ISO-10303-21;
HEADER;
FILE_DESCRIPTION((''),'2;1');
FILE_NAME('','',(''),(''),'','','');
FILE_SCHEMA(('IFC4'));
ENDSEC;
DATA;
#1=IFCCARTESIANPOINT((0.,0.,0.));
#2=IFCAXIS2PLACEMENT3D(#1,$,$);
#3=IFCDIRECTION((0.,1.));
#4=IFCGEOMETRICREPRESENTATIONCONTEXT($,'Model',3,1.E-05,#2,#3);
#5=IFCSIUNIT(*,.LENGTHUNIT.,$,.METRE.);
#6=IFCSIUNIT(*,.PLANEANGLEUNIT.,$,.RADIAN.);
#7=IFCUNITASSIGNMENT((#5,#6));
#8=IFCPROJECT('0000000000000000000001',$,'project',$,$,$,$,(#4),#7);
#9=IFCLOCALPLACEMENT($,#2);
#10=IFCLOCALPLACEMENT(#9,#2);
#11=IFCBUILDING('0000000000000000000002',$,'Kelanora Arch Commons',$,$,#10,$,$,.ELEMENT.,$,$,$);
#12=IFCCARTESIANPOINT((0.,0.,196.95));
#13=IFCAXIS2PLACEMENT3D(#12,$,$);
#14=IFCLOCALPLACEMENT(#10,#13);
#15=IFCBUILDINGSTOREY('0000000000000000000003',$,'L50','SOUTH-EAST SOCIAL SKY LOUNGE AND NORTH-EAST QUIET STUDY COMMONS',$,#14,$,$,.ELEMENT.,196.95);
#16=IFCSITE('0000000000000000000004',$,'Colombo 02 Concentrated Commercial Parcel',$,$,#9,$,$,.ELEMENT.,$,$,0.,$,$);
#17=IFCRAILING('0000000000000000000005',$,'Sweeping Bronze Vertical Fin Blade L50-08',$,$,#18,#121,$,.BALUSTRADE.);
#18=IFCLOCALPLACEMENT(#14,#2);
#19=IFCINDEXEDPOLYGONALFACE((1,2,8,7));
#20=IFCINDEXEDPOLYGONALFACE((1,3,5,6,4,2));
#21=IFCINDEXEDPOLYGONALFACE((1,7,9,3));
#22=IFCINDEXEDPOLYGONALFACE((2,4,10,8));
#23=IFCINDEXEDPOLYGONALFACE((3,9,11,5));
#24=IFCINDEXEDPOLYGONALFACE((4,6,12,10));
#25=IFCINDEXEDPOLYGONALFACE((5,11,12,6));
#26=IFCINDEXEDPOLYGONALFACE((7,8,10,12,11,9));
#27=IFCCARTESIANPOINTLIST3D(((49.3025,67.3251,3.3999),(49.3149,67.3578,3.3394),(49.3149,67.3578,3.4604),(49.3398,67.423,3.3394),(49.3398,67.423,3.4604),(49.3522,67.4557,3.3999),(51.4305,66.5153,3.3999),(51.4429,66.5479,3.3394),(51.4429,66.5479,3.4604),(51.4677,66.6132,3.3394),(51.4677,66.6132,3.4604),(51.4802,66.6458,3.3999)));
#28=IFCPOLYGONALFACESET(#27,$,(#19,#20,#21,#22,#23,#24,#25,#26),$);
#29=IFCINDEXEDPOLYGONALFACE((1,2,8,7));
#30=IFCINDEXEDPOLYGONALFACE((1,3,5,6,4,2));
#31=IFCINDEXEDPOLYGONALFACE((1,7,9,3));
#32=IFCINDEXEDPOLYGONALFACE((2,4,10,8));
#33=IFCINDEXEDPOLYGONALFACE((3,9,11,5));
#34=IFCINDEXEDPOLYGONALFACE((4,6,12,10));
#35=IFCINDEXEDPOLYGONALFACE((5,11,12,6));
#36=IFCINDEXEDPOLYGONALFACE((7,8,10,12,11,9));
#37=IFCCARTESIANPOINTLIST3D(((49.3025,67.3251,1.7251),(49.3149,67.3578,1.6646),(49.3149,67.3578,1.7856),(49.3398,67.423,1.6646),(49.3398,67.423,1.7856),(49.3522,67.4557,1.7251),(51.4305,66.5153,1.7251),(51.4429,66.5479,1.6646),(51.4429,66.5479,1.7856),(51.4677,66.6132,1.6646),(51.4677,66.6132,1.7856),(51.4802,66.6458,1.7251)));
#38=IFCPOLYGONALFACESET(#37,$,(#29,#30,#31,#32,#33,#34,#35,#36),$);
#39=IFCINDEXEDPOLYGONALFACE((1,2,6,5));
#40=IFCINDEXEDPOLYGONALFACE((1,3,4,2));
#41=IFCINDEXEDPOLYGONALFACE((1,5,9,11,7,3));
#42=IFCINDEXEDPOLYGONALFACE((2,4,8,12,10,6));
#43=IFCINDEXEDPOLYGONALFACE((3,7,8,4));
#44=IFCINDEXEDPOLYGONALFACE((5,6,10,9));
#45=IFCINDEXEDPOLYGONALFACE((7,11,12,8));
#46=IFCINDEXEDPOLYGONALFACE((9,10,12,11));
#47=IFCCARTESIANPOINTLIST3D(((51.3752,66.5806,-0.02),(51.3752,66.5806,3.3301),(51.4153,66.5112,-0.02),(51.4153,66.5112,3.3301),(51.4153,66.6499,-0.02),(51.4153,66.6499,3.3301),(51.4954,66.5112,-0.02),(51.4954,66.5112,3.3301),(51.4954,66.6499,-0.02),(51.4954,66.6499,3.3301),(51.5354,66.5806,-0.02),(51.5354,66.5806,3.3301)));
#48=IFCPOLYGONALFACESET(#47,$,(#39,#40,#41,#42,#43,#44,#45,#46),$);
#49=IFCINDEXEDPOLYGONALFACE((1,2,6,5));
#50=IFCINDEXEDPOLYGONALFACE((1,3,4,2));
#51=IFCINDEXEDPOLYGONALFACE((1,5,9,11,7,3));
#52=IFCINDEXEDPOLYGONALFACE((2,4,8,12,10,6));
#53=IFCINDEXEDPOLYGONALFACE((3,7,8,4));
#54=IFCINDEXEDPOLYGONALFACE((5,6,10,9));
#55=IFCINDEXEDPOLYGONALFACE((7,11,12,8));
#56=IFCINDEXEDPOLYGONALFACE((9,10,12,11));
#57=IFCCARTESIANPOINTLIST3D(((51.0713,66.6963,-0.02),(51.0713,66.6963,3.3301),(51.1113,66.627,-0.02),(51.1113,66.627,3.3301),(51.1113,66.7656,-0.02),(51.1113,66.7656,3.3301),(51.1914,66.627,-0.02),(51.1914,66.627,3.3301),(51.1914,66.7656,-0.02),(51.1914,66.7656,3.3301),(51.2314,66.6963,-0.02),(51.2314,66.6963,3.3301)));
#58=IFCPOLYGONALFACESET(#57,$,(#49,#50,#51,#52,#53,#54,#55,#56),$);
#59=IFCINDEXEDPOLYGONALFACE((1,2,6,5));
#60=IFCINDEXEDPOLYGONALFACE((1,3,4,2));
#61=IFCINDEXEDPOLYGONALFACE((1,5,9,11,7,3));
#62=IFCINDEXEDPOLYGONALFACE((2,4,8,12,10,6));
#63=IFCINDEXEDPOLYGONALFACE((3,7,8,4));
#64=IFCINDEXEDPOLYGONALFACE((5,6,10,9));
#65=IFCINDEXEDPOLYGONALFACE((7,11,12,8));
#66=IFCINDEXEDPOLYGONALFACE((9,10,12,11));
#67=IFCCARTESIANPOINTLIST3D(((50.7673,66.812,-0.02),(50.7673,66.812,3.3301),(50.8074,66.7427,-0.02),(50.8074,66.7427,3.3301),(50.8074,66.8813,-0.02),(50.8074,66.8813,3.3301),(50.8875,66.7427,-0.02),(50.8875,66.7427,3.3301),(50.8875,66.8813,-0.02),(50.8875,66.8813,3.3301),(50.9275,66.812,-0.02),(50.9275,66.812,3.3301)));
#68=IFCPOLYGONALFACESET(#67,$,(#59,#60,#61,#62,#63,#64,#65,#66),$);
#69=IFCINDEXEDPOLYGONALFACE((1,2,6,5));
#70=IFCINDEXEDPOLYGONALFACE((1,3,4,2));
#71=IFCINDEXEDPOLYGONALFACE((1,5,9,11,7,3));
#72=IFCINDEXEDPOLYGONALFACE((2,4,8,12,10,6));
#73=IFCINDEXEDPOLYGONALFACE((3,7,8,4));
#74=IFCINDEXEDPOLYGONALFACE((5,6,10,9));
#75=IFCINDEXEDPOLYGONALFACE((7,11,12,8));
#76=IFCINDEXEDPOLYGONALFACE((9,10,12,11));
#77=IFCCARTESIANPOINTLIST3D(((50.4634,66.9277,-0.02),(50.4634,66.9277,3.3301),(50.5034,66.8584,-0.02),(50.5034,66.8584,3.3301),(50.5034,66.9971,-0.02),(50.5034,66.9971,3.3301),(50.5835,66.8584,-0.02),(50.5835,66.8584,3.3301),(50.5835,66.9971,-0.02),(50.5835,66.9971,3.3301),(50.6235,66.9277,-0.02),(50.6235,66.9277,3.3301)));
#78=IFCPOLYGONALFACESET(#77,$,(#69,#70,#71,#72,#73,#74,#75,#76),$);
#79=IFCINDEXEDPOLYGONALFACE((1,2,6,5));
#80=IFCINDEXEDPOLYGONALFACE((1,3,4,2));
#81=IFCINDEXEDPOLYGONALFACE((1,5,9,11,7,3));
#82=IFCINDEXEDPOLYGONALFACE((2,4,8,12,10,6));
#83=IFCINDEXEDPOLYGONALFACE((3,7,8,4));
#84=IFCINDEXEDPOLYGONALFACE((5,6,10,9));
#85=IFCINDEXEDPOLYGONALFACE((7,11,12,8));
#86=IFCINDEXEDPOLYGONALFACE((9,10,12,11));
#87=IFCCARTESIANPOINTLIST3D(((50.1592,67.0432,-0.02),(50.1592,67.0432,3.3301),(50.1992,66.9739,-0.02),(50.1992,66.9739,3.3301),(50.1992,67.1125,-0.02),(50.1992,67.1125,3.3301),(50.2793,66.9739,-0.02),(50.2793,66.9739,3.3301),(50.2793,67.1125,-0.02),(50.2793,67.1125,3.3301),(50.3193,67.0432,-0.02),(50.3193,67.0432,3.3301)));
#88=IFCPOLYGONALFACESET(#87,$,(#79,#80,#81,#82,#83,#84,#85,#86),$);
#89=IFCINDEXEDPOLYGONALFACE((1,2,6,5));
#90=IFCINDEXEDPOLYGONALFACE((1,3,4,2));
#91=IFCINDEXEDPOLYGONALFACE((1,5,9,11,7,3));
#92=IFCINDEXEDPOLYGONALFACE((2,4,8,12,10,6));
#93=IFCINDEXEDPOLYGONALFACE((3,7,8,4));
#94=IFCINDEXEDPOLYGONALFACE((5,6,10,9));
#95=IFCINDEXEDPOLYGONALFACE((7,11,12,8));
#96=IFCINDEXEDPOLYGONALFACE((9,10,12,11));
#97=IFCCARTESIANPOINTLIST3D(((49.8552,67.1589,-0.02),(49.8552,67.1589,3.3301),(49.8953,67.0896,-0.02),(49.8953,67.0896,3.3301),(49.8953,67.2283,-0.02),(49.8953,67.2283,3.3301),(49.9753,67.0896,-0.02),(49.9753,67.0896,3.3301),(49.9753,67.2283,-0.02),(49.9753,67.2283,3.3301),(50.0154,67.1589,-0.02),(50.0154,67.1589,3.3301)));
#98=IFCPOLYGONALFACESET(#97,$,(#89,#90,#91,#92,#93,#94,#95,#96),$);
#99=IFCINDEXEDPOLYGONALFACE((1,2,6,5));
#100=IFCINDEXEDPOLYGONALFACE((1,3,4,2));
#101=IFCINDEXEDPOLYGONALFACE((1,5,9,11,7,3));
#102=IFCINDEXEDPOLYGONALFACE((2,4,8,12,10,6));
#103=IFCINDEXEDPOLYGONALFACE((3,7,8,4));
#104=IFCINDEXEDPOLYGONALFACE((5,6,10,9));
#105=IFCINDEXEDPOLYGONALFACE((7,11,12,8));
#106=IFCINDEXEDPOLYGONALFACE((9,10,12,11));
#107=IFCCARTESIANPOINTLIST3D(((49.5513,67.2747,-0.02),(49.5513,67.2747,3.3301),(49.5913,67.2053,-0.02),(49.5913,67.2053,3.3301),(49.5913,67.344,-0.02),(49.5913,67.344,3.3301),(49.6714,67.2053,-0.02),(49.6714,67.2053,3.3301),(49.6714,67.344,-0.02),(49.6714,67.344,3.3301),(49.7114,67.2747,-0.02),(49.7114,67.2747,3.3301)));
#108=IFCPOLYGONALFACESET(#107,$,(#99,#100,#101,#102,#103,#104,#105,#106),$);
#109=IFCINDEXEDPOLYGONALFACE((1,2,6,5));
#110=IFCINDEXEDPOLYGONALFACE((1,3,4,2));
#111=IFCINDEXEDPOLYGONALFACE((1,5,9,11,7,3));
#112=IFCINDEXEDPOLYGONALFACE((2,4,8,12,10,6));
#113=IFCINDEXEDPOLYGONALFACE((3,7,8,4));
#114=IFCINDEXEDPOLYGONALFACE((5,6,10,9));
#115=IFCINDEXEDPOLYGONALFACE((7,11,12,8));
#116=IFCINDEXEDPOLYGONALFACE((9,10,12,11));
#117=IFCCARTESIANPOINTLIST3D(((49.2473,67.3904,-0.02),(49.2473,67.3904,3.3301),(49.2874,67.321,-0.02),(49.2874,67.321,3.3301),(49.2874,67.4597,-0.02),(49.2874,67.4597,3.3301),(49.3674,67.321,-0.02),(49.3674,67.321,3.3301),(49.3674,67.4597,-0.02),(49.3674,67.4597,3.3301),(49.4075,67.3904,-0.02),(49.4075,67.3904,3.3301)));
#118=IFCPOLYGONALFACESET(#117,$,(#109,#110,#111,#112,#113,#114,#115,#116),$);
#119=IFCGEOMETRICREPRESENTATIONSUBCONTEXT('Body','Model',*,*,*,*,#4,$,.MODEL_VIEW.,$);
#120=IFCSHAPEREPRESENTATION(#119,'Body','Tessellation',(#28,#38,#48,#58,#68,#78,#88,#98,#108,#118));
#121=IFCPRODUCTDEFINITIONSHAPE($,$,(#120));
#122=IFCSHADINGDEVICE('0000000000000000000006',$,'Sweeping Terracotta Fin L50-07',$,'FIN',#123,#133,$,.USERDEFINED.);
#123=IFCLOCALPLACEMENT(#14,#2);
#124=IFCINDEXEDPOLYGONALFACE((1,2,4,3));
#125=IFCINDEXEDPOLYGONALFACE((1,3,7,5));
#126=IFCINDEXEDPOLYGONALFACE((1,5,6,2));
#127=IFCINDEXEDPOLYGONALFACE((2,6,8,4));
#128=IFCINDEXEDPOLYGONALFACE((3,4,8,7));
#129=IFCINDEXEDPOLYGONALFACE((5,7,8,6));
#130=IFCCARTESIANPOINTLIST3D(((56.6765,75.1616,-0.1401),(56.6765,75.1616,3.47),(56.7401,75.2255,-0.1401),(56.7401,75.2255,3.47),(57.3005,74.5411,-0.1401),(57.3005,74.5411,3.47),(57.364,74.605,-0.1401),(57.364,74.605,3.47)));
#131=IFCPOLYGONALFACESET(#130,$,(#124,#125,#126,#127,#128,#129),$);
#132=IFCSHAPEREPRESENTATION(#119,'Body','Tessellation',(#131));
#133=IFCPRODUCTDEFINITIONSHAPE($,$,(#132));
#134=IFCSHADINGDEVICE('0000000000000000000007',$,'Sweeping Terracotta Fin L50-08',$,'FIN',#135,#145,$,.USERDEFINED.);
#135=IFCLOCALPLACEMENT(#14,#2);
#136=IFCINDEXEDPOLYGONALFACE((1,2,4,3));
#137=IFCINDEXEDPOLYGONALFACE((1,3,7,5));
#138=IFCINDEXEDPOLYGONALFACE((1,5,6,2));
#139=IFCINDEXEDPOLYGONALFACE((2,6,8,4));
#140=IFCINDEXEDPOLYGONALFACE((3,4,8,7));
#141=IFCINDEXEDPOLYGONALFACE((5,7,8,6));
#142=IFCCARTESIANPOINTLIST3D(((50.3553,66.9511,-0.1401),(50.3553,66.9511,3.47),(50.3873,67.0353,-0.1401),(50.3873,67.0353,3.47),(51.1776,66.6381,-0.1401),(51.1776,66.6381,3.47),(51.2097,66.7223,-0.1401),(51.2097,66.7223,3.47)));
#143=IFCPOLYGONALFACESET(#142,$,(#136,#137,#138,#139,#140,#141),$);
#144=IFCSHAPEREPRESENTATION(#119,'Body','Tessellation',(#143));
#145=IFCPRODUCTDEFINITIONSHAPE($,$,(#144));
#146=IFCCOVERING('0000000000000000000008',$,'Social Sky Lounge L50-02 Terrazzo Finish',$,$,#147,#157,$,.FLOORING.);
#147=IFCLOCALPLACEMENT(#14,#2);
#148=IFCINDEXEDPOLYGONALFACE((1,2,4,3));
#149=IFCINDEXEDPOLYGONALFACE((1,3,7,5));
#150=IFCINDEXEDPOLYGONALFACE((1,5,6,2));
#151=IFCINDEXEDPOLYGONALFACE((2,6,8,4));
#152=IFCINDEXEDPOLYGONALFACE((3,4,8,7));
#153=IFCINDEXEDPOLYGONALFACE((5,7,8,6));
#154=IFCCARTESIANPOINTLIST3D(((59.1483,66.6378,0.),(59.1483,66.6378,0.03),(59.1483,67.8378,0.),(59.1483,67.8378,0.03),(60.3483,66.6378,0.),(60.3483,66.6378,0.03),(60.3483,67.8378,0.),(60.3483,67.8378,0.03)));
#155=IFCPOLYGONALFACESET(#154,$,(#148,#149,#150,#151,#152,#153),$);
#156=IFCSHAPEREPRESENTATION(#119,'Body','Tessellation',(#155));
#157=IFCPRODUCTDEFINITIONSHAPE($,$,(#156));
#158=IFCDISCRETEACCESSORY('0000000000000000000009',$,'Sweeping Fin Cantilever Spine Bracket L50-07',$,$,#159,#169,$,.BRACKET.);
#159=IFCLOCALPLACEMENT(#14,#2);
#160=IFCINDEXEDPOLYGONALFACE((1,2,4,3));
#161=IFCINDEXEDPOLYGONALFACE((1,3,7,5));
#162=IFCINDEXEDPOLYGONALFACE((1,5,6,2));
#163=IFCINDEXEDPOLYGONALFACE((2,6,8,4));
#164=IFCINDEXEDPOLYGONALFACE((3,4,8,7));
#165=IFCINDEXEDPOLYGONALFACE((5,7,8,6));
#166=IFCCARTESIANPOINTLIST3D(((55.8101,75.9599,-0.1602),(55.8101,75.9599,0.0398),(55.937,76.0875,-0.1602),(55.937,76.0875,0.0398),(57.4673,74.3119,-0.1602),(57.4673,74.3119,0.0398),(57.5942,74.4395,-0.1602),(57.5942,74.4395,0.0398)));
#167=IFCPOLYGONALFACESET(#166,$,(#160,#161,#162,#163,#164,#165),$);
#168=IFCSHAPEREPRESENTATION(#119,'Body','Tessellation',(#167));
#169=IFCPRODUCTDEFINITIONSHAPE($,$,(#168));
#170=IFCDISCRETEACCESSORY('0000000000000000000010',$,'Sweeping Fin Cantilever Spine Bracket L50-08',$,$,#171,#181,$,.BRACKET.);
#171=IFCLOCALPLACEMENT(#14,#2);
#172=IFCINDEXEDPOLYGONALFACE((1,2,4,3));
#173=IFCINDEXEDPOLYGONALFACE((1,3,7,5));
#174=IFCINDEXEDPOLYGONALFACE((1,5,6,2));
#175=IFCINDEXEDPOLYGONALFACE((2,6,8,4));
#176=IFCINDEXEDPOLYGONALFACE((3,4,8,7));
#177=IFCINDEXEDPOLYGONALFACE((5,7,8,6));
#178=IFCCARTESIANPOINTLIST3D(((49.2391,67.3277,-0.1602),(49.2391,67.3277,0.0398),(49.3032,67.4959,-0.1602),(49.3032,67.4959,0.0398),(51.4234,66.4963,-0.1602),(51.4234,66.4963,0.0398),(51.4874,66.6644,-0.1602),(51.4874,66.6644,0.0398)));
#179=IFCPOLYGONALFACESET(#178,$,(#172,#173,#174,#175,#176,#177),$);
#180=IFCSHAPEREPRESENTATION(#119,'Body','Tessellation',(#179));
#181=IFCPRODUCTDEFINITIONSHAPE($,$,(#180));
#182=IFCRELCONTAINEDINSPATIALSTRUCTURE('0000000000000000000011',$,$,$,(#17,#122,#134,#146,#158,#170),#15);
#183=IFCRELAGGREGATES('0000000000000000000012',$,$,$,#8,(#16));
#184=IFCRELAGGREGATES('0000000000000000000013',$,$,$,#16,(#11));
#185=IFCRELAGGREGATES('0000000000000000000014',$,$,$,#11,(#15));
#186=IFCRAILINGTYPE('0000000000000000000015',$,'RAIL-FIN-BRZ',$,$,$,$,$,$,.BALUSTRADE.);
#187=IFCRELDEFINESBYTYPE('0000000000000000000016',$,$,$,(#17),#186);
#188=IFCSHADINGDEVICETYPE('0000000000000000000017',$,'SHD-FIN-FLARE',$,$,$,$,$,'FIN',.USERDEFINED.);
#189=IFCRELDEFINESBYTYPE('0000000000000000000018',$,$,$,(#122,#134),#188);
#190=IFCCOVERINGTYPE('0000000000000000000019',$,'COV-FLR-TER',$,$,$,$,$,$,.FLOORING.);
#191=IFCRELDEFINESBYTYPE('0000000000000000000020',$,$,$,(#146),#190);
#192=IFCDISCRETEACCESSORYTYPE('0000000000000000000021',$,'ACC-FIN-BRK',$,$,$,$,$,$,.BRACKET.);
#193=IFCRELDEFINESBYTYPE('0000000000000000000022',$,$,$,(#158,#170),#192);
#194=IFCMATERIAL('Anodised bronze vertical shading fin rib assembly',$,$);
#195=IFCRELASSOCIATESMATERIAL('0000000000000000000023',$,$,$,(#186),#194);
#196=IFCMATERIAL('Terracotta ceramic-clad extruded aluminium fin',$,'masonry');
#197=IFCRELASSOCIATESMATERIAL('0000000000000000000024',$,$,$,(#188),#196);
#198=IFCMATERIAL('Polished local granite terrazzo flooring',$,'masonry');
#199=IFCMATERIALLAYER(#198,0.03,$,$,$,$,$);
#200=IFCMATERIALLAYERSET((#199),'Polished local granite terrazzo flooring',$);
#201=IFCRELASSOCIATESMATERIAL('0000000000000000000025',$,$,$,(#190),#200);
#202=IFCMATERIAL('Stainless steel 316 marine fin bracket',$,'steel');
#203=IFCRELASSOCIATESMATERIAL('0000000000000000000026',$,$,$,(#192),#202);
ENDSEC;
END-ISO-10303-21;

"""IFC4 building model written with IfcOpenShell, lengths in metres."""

from ifc_helpers import new_model, si_unit, direction, frame, origin, origin_2d, place, context, subcontext, project, spatial, polyline, rectangle, outline, extrude, source, transform, mapped, material, layer, layer_set, type_object, element, save


model = new_model("IFC4")

# Units and contexts
model_context = context("Model", 3, precision=1e-05, world=origin(), true_north=direction((0.0, 1.0)))
body_context = subcontext(model_context, "Body", "Model", "MODEL_VIEW")
ifc_project = project(units=[si_unit("LENGTHUNIT", "METRE"), si_unit("PLANEANGLEUNIT", "RADIAN")], contexts=[model_context])

# Site, building, storey
site_placement = place(None, origin())
site = spatial("IfcSite", under=ifc_project, at=site_placement, Name="Colombo 02 Concentrated Commercial Parcel", CompositionType="ELEMENT", RefElevation=0.0)
building_placement = place(site_placement, origin())
building = spatial("IfcBuilding", under=site, at=building_placement, Name="Kelanora Arch Commons", CompositionType="ELEMENT")
storey_placement = place(building_placement, frame((0.0, 0.0, 196.95)))
storey = spatial("IfcBuildingStorey", under=building, at=storey_placement, Name="L50", Description="SOUTH-EAST SOCIAL SKY LOUNGE AND NORTH-EAST QUIET STUDY COMMONS", CompositionType="ELEMENT", Elevation=196.95)

# Railing
ifc_material_1 = material(Name="Anodised bronze vertical shading fin rib assembly")
railing_type = type_object("IfcRailingType", Name="RAIL-FIN-BRZ", PredefinedType="BALUSTRADE", material=ifc_material_1)
railing_1_placement = place(storey_placement, frame((51.4553, 66.5806, -0.02)))
element("IfcRailing", 1, at=railing_1_placement, inside=storey, type_object=railing_type, Name="Sweeping Bronze Vertical Fin Blade L50-08", PredefinedType="BALUSTRADE", context=body_context, shape_type="SweptSolid", body=[
    extrude(outline(polyline([(0.0698, 0.0), (0.0349, 0.0605), (-0.0349, 0.0605), (-0.0698, 0.0), (-0.0349, -0.0605), (0.0349, -0.0605), (0.0698, 0.0)])), frame((0.0, 0.0, 3.4199), z_axis=(-0.934608, 0.355679, 0.0), x_axis=(-0.355679, -0.934608, 0.0)), (0.0, 0.0, 1.0), 2.2769),
    extrude(outline(polyline([(0.0698, 0.0), (0.0349, 0.0605), (-0.0349, 0.0605), (-0.0698, 0.0), (-0.0349, -0.0605), (0.0349, -0.0605), (0.0698, 0.0)])), frame((0.0, 0.0, 1.7451), z_axis=(-0.934608, 0.355679, 0.0), x_axis=(-0.355679, -0.934608, 0.0)), (0.0, 0.0, 1.0), 2.2769),
    extrude(outline(polyline([(0.0801, 0.0), (0.04, 0.0693), (-0.04, 0.0693), (-0.0801, 0.0), (-0.04, -0.0693), (0.04, -0.0693), (0.0801, 0.0)])), origin(), (0.0, 0.0, 1.0), 3.3501),
    extrude(outline(polyline([(0.0801, 0.0), (0.04, 0.0693), (-0.04, 0.0693), (-0.0801, 0.0), (-0.04, -0.0693), (0.04, -0.0693), (0.0801, 0.0)])), frame((-0.304, 0.1157, 0.0)), (0.0, 0.0, 1.0), 3.3501),
    extrude(outline(polyline([(0.0801, 0.0), (0.04, 0.0693), (-0.04, 0.0693), (-0.0801, 0.0), (-0.04, -0.0693), (0.04, -0.0693), (0.0801, 0.0)])), frame((-0.6079, 0.2314, 0.0)), (0.0, 0.0, 1.0), 3.3501),
    extrude(outline(polyline([(0.0801, 0.0), (0.04, 0.0693), (-0.04, 0.0693), (-0.0801, 0.0), (-0.04, -0.0693), (0.04, -0.0693), (0.0801, 0.0)])), frame((-0.9119, 0.3472, 0.0)), (0.0, 0.0, 1.0), 3.3501),
    extrude(outline(polyline([(0.0801, 0.0), (0.04, 0.0693), (-0.04, 0.0693), (-0.0801, 0.0), (-0.04, -0.0693), (0.04, -0.0693), (0.0801, 0.0)])), frame((-1.2161, 0.4626, 0.0)), (0.0, 0.0, 1.0), 3.3501),
    extrude(outline(polyline([(0.0801, 0.0), (0.04, 0.0693), (-0.04, 0.0693), (-0.0801, 0.0), (-0.04, -0.0693), (0.04, -0.0693), (0.0801, 0.0)])), frame((-1.52, 0.5784, 0.0)), (0.0, 0.0, 1.0), 3.3501),
    extrude(outline(polyline([(0.0801, 0.0), (0.04, 0.0693), (-0.04, 0.0693), (-0.0801, 0.0), (-0.04, -0.0693), (0.04, -0.0693), (0.0801, 0.0)])), frame((-1.824, 0.6941, 0.0)), (0.0, 0.0, 1.0), 3.3501),
    extrude(outline(polyline([(0.0801, 0.0), (0.04, 0.0693), (-0.04, 0.0693), (-0.0801, 0.0), (-0.04, -0.0693), (0.04, -0.0693), (0.0801, 0.0)])), frame((-2.1279, 0.8098, 0.0)), (0.0, 0.0, 1.0), 3.3501),
])

# Shading devices
ifc_material_2 = material(Name="Terracotta ceramic-clad extruded aluminium fin", Category="masonry")
shading_device_type = type_object("IfcShadingDeviceType", Name="SHD-FIN-FLARE", ElementType="FIN", PredefinedType="USERDEFINED", material=ifc_material_2)
shared_shape_1 = source(origin(), body_context, "Body", "SweptSolid", [
    extrude(rectangle(XDim=0.8799, YDim=0.0901, at=origin_2d()), origin(), (0.0, 0.0, 1.0), 3.6101),
])
for number, where, z_axis, x_axis, name in (
    (2, (57.0203, 74.8833, -0.1401), (0.0, 0.0, 1.0), (-0.709079, 0.705129, 0.0), "Sweeping Terracotta Fin L50-07"),
    (3, (50.7825, 66.8367, -0.1401), (0.0, 0.0, 1.0), (-0.934578, 0.35576, 0.0), "Sweeping Terracotta Fin L50-08"),
):
    element("IfcShadingDevice", number, at=place(storey_placement, frame(where, z_axis=z_axis, x_axis=x_axis)), inside=storey, type_object=shading_device_type, Name=name, ObjectType="FIN", PredefinedType="USERDEFINED", context=body_context, shape_type="MappedRepresentation", body=[
        mapped(shared_shape_1, transform((0.0, 0.0, 0.0), scale=1.0)),
    ])

# Covering
ifc_material_3 = material(Name="Polished local granite terrazzo flooring", Category="masonry")
ifc_layer_1 = layer(ifc_material_3, 0.03)
ifc_layer_set_1 = layer_set([ifc_layer_1], Name="Polished local granite terrazzo flooring")
covering_type = type_object("IfcCoveringType", Name="COV-FLR-TER", PredefinedType="FLOORING", material=ifc_layer_set_1)
shared_shape_2 = source(origin(), body_context, "Body", "SweptSolid", [
    extrude(rectangle(XDim=1.2, YDim=1.2, at=origin_2d()), origin(), (0.0, 0.0, 1.0), 0.03),
])
covering_placement = place(storey_placement, frame((59.7483, 67.2378, 0.0), z_axis=(0.0, 0.0, 1.0), x_axis=(1.0, 0.0, 0.0)))
element("IfcCovering", 4, at=covering_placement, inside=storey, type_object=covering_type, Name="Social Sky Lounge L50-02 Terrazzo Finish", PredefinedType="FLOORING", context=body_context, shape_type="MappedRepresentation", body=[
    mapped(shared_shape_2, transform((0.0, 0.0, 0.0), scale=1.0)),
])

# Discrete accessories
ifc_material_4 = material(Name="Stainless steel 316 marine fin bracket", Category="steel")
discrete_accessory_type = type_object("IfcDiscreteAccessoryType", Name="ACC-FIN-BRK", PredefinedType="BRACKET", material=ifc_material_4)
shared_shape_3 = source(origin(), body_context, "Body", "SweptSolid", [
    extrude(rectangle(XDim=2.3372, YDim=0.1799, at=origin_2d()), origin(), (0.0, 0.0, 1.0), 0.2),
])
for number, where, z_axis, x_axis, name in (
    (5, (56.7021, 75.1997, -0.1602), (0.0, 0.0, 1.0), (-0.709079, 0.705129, 0.0), "Sweeping Fin Cantilever Spine Bracket L50-07"),
    (6, (50.3633, 66.9961, -0.1602), (0.0, 0.0, 1.0), (-0.934578, 0.35576, 0.0), "Sweeping Fin Cantilever Spine Bracket L50-08"),
):
    element("IfcDiscreteAccessory", number, at=place(storey_placement, frame(where, z_axis=z_axis, x_axis=x_axis)), inside=storey, type_object=discrete_accessory_type, Name=name, PredefinedType="BRACKET", context=body_context, shape_type="MappedRepresentation", body=[
        mapped(shared_shape_3, transform((0.0, 0.0, 0.0), scale=1.0)),
    ])

save(model, "model.ifc")
